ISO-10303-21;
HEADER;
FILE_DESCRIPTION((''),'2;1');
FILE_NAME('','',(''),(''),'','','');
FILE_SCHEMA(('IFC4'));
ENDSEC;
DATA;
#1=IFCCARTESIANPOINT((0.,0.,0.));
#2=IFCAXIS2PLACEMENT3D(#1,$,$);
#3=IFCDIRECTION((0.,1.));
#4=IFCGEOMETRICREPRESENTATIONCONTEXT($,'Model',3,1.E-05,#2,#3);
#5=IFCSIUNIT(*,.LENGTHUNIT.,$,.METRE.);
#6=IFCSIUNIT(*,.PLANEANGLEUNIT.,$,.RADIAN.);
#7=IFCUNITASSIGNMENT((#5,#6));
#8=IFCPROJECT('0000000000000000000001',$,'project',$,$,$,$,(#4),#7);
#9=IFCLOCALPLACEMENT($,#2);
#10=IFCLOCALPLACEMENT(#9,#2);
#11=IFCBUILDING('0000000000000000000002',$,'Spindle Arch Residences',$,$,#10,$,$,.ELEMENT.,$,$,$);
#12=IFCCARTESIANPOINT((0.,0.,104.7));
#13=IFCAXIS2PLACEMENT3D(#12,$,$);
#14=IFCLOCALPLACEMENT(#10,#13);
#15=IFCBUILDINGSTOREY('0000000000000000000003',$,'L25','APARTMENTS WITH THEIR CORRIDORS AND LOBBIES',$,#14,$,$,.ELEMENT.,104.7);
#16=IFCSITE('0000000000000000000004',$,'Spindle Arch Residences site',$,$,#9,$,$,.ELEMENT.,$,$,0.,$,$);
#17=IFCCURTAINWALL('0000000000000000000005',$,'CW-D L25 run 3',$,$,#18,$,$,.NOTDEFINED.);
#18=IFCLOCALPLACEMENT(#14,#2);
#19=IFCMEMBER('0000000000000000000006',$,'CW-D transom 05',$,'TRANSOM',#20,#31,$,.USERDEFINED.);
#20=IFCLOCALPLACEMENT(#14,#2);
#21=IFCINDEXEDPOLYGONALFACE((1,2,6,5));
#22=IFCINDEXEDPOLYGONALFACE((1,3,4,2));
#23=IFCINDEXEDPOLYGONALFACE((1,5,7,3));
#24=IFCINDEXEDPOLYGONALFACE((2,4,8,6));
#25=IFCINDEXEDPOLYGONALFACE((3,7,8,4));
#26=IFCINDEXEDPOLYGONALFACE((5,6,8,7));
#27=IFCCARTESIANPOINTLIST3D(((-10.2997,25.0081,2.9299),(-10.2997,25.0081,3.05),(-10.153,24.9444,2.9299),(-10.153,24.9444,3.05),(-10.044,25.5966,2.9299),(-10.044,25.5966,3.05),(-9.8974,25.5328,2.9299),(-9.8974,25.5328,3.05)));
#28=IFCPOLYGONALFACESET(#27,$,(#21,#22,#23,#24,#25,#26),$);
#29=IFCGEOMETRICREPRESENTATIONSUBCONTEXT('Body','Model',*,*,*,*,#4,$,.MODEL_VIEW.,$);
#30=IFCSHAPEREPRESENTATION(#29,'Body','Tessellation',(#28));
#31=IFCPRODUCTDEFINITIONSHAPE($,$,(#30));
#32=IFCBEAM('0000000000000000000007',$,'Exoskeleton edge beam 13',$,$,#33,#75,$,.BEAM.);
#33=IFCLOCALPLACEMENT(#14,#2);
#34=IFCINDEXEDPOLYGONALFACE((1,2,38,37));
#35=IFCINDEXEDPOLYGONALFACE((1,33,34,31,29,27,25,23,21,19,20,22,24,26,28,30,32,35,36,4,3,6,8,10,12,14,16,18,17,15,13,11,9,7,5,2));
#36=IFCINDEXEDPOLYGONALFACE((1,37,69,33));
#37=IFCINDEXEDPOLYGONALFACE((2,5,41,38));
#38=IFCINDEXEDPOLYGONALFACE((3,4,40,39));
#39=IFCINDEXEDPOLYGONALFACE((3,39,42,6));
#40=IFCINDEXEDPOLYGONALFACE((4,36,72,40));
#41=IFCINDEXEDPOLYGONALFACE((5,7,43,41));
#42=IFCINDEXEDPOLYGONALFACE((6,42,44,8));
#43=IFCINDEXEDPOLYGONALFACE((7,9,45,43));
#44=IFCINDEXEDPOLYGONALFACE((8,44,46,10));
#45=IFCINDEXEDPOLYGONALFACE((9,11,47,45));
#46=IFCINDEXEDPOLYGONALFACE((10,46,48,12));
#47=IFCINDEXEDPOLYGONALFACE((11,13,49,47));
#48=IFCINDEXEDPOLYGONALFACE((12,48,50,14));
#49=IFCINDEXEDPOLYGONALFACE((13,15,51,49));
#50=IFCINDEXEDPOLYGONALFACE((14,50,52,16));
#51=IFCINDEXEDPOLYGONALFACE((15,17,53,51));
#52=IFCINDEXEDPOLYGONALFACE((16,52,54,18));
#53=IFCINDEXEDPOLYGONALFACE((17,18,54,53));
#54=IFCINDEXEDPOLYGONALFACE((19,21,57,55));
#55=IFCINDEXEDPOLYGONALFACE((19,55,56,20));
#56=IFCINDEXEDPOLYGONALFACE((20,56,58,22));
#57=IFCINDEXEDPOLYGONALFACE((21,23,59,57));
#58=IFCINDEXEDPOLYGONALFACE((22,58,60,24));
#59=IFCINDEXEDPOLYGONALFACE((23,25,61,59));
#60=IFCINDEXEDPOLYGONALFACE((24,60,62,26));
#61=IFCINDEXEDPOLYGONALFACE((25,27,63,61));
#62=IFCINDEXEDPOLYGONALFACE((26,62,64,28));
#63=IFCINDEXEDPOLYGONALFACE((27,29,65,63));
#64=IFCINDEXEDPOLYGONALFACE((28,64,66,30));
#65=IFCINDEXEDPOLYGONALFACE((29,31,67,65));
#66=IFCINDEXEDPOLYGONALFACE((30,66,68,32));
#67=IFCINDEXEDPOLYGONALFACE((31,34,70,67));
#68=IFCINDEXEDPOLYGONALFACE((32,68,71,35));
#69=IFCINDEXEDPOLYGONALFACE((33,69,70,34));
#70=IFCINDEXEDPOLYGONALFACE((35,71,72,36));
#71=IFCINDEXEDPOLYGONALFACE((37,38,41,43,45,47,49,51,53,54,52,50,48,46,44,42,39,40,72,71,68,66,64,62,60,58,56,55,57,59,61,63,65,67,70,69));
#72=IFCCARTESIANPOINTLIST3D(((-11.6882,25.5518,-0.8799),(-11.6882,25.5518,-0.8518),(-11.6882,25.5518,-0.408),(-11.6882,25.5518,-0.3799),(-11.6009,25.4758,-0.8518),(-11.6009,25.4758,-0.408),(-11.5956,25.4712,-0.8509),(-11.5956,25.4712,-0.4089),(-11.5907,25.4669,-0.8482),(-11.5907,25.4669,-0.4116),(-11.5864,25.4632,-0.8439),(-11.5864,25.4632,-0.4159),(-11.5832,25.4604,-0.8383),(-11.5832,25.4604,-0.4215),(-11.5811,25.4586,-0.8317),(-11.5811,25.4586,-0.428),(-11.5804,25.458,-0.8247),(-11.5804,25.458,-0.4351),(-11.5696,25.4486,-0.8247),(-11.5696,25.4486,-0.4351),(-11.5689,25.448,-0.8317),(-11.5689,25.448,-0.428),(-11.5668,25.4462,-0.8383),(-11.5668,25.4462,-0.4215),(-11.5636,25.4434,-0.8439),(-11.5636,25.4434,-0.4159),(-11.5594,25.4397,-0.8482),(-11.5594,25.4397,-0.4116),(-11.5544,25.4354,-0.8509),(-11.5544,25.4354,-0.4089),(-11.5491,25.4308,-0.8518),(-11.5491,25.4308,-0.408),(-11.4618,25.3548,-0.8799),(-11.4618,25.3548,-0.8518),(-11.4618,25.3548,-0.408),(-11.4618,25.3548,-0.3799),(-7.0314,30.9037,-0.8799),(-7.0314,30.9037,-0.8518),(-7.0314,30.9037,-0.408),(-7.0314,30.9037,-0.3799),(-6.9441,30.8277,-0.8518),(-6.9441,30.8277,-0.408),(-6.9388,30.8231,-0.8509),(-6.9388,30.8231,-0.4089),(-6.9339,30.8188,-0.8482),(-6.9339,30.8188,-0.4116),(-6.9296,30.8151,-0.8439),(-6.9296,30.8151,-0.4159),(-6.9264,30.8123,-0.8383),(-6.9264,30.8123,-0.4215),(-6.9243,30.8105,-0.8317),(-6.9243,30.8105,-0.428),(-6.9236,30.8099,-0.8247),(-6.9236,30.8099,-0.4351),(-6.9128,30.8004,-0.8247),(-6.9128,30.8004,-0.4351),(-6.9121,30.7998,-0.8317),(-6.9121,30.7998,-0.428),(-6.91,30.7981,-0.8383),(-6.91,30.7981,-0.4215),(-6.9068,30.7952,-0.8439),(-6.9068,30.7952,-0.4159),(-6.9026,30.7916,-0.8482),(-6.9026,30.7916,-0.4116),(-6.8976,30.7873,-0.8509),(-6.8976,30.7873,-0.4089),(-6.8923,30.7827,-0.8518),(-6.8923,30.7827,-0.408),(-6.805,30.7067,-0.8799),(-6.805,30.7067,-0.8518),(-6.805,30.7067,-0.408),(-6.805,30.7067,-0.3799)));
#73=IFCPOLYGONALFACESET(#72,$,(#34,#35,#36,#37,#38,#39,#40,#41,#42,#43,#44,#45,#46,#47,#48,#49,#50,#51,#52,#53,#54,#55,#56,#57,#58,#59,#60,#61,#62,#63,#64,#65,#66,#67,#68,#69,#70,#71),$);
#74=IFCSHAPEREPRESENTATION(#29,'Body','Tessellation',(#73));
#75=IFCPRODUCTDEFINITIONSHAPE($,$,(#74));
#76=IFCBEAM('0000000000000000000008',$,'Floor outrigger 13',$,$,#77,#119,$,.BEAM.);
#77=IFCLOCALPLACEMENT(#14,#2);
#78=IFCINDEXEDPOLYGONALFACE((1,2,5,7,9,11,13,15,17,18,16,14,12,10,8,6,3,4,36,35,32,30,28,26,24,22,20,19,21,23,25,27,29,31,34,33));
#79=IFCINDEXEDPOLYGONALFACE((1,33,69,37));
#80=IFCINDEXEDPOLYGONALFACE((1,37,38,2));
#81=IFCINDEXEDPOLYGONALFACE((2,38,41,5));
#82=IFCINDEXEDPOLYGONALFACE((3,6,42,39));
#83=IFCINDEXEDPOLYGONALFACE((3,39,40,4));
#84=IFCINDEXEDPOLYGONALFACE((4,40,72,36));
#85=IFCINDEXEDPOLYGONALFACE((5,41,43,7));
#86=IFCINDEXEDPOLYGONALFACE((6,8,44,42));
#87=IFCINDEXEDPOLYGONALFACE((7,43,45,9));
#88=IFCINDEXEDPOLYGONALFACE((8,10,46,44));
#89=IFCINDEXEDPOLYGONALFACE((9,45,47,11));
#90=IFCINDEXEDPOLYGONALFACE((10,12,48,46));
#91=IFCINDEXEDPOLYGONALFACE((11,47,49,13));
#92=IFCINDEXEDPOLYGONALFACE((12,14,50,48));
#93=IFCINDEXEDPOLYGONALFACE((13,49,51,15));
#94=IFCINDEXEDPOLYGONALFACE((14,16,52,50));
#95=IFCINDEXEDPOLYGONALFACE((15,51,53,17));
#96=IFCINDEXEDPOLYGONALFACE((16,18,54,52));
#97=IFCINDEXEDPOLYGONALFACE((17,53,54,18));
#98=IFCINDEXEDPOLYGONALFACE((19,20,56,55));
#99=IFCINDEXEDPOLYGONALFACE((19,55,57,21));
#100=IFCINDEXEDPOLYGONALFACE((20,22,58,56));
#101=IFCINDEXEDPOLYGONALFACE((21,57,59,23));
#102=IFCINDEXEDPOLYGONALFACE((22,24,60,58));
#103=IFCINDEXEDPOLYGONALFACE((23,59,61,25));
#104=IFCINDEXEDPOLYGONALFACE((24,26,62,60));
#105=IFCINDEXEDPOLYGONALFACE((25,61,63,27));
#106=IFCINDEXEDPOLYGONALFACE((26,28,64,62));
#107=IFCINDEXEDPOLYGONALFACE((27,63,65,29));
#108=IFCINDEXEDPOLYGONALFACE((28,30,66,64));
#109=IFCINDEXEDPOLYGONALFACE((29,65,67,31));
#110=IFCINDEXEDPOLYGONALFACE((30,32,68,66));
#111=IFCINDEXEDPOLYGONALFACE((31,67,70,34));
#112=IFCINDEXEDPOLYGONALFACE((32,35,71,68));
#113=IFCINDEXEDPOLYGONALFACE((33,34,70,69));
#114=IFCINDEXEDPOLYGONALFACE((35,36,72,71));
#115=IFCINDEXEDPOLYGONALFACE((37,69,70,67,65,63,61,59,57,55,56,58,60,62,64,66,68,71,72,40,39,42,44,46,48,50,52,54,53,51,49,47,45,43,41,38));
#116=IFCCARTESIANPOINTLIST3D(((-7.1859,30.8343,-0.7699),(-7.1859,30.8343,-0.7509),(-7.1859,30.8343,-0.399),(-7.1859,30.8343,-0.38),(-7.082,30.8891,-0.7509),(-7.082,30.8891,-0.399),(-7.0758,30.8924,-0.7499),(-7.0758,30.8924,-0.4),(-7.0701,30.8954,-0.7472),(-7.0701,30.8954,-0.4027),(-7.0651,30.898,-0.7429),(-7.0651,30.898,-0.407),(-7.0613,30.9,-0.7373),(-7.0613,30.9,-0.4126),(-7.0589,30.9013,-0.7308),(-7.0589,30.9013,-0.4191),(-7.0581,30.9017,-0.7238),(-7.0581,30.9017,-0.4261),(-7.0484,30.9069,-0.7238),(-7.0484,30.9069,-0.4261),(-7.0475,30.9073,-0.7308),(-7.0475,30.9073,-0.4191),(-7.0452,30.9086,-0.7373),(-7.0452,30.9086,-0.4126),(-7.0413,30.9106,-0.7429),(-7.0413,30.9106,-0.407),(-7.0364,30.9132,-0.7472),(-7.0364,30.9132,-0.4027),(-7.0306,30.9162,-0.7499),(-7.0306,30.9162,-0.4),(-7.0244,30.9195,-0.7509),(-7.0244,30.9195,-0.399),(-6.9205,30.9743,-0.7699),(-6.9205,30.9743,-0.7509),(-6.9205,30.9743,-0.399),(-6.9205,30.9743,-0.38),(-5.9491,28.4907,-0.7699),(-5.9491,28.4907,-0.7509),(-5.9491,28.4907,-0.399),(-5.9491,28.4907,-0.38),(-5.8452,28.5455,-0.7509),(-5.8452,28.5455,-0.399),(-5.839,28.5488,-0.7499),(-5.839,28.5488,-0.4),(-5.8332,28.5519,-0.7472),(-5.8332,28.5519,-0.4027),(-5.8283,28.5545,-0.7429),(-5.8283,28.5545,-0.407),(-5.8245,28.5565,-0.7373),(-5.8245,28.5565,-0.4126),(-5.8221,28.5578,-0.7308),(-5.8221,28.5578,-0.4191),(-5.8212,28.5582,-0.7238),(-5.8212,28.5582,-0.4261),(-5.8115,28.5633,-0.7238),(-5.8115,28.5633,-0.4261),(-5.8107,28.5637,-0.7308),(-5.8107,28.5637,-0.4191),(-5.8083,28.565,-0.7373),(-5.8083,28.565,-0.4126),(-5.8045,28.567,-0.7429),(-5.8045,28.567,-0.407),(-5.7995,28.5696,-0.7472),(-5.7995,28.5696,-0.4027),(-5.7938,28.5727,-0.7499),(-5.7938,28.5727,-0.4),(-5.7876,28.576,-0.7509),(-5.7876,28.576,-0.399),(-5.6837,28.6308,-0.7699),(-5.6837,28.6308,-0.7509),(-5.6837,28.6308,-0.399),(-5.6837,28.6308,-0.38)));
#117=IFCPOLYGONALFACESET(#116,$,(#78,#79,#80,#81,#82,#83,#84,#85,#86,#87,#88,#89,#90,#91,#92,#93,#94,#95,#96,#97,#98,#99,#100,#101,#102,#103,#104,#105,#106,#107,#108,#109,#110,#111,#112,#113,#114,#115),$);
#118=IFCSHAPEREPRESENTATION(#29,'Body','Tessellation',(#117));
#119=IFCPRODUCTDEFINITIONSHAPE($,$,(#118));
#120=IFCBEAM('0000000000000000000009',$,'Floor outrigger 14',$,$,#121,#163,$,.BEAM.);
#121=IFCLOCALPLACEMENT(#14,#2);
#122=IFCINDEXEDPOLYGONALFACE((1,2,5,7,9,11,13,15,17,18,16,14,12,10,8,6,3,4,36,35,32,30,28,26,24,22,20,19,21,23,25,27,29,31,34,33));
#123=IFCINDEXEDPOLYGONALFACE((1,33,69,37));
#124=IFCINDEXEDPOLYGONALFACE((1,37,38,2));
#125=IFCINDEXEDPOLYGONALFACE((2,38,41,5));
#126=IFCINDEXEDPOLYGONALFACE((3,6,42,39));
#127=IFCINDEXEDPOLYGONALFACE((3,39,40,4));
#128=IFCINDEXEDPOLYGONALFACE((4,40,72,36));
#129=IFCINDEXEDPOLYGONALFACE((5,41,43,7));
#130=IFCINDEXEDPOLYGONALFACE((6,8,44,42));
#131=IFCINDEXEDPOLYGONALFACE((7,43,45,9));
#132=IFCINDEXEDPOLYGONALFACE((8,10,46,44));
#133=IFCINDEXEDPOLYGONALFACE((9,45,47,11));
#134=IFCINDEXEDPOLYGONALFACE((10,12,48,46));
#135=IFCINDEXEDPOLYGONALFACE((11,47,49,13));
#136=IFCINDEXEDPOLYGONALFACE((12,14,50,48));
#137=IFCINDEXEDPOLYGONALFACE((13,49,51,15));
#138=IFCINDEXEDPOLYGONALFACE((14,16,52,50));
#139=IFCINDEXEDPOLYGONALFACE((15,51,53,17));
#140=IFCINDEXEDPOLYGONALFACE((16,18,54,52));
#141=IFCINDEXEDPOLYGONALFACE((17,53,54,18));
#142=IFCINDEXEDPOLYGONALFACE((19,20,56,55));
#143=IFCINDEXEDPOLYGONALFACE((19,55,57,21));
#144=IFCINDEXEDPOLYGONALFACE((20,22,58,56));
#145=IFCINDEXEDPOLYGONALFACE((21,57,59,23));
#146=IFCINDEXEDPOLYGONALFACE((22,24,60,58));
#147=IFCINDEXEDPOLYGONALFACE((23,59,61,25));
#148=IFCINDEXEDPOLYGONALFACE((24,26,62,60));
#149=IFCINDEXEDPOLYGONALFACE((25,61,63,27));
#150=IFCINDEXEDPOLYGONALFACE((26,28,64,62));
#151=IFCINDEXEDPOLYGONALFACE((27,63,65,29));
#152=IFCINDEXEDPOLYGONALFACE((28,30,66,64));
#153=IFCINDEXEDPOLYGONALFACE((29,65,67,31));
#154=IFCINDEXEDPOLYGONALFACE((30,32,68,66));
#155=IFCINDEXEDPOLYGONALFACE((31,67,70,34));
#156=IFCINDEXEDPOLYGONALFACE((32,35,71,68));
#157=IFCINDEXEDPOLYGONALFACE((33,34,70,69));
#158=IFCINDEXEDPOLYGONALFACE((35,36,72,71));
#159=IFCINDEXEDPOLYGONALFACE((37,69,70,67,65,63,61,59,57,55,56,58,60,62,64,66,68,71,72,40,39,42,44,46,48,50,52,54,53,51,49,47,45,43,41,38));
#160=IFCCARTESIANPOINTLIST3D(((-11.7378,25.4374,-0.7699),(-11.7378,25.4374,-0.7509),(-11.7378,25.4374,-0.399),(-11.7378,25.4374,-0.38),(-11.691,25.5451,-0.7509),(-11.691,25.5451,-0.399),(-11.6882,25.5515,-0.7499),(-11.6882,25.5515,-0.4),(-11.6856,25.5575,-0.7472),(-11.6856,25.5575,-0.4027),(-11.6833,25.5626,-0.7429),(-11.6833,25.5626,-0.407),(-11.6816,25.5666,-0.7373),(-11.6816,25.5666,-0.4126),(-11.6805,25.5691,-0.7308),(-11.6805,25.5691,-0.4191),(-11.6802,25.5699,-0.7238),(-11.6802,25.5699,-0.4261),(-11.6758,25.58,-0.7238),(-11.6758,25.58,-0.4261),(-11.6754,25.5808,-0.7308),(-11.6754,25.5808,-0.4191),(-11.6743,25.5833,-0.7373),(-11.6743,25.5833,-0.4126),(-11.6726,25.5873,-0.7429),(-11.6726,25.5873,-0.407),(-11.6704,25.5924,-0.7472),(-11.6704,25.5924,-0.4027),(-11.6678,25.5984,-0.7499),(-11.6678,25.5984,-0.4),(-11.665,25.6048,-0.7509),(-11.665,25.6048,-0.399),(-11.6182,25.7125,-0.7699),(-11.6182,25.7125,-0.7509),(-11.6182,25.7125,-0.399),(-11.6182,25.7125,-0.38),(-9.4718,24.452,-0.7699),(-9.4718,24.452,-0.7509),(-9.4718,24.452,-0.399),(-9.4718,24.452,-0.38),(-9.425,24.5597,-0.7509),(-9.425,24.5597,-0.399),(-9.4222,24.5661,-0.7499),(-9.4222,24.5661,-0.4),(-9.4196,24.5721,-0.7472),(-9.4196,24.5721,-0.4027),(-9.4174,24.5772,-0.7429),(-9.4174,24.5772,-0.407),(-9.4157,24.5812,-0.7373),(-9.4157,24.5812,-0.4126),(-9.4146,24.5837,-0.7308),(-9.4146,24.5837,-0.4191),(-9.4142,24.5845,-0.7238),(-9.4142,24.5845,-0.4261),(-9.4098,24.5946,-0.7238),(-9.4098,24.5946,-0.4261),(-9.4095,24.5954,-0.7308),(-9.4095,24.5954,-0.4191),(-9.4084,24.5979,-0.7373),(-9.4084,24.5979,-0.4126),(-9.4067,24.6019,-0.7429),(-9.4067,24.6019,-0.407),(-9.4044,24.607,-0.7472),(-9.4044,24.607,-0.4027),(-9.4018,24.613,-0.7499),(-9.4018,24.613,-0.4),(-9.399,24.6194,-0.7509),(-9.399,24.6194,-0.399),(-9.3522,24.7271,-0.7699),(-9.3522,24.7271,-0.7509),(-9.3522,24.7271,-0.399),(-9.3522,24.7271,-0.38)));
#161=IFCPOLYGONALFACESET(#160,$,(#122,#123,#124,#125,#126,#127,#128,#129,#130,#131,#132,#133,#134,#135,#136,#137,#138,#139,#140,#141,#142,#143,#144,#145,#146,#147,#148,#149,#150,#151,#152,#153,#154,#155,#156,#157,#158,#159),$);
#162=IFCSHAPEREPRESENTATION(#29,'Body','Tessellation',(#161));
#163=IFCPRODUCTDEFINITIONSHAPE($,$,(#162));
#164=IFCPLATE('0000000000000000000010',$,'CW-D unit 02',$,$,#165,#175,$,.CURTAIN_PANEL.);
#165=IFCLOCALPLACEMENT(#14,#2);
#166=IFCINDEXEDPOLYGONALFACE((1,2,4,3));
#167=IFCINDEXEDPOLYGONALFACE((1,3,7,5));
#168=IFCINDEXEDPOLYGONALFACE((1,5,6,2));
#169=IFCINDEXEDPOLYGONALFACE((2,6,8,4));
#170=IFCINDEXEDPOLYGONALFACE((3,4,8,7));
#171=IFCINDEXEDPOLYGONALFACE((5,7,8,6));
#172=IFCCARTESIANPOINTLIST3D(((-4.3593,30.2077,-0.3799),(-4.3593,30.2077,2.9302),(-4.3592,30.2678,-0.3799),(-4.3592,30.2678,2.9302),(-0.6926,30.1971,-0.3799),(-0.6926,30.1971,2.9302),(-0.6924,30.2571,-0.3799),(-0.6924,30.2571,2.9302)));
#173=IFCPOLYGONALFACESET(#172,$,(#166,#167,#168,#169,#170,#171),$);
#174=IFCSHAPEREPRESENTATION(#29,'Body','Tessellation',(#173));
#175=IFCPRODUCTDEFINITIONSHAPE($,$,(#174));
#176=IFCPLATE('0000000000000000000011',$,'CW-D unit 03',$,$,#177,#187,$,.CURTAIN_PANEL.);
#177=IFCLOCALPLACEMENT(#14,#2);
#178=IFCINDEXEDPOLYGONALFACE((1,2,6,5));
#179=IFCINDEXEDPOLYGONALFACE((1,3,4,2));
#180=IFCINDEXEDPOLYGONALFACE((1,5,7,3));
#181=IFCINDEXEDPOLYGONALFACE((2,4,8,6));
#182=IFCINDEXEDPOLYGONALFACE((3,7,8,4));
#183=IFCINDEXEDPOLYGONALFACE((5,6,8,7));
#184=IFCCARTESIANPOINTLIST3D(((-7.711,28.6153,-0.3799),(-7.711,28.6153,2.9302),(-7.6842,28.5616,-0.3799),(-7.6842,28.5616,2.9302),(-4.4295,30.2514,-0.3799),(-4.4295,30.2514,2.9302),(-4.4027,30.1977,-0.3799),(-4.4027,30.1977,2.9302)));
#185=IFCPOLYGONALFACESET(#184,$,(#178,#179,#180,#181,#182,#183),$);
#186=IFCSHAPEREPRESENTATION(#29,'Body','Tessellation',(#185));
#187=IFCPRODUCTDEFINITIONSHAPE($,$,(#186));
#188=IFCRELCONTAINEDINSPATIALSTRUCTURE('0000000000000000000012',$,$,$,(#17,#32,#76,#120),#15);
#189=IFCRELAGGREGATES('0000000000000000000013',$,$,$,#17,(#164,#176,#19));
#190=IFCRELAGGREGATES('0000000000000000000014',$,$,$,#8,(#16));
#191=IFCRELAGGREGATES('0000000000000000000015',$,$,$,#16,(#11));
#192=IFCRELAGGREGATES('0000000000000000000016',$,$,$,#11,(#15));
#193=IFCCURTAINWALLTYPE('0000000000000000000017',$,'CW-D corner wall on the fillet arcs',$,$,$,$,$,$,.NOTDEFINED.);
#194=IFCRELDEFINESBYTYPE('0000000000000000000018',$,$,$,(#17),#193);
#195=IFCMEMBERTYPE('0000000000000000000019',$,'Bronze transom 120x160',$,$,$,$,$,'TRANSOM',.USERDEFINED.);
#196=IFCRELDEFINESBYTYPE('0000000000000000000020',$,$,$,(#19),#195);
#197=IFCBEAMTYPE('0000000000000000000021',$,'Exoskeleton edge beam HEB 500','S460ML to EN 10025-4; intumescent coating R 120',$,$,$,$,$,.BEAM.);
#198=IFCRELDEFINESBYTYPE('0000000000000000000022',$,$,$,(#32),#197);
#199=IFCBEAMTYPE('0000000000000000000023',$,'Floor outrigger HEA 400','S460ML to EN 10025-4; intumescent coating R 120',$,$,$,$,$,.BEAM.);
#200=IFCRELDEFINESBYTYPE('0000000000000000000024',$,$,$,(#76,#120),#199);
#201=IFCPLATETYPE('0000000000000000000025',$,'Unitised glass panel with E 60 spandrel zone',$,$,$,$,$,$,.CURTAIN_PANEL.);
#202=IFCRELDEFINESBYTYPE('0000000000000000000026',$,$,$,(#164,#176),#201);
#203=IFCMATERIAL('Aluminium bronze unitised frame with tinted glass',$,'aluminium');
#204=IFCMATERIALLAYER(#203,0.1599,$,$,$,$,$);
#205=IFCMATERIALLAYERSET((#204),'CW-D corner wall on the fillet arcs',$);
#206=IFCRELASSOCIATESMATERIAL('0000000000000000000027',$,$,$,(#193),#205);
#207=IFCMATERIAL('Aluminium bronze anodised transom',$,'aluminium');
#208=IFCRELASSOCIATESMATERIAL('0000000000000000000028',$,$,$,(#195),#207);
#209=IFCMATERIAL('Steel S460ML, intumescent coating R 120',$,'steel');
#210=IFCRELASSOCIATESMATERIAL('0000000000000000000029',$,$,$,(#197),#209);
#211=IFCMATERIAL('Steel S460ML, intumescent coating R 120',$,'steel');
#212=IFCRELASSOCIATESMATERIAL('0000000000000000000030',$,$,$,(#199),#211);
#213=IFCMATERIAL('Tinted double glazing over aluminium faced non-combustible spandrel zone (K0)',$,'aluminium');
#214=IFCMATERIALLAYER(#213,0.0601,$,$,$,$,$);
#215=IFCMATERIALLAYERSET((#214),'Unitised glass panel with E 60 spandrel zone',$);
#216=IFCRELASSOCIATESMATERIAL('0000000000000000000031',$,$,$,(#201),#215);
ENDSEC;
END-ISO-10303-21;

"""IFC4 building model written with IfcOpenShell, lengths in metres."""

from ifc_helpers import new_model, si_unit, direction, frame, origin, origin_2d, place, context, subcontext, project, spatial, rectangle, i_section, extrude, material, layer, layer_set, material_profile, profile_set, type_object, element, aggregate, save


model = new_model("IFC4")

# Units and contexts
model_context = context("Model", 3, precision=1e-05, world=origin(), true_north=direction((0.0, 1.0)))
body_context = subcontext(model_context, "Body", "Model", "MODEL_VIEW")
ifc_project = project(units=[si_unit("LENGTHUNIT", "METRE"), si_unit("PLANEANGLEUNIT", "RADIAN")], contexts=[model_context])

# Site, building, storey
site_placement = place(None, origin())
site = spatial("IfcSite", under=ifc_project, at=site_placement, Name="Spindle Arch Residences site", CompositionType="ELEMENT", RefElevation=0.0)
building_placement = place(site_placement, origin())
building = spatial("IfcBuilding", under=site, at=building_placement, Name="Spindle Arch Residences", CompositionType="ELEMENT")
storey_placement = place(building_placement, frame((0.0, 0.0, 104.7)))
storey = spatial("IfcBuildingStorey", under=building, at=storey_placement, Name="L25", Description="APARTMENTS WITH THEIR CORRIDORS AND LOBBIES", CompositionType="ELEMENT", Elevation=104.7)

# Curtain wall, member
ifc_material_1 = material(Name="Aluminium bronze unitised frame with tinted glass", Category="aluminium")
ifc_layer_1 = layer(ifc_material_1, 0.1599)
ifc_layer_set_1 = layer_set([ifc_layer_1], Name="CW-D corner wall on the fillet arcs")
curtain_wall_type = type_object("IfcCurtainWallType", Name="CW-D corner wall on the fillet arcs", PredefinedType="NOTDEFINED", material=ifc_layer_set_1)
curtain_wall_placement = place(storey_placement, origin())
curtain_wall = element("IfcCurtainWall", 1, at=curtain_wall_placement, inside=storey, type_object=curtain_wall_type, Name="CW-D L25 run 3", PredefinedType="NOTDEFINED")
ifc_material_2 = material(Name="Aluminium bronze anodised transom", Category="aluminium")
ifc_material_profile_1 = material_profile(ifc_material_2, rectangle(XDim=0.1599, YDim=0.1201, at=origin_2d()), Name="TR 120x160")
ifc_profile_set_1 = profile_set([ifc_material_profile_1], Name="Aluminium bronze anodised transom")
member_type_1 = type_object("IfcMemberType", Name="Bronze transom 120x160", ElementType="TRANSOM", PredefinedType="USERDEFINED", material=ifc_profile_set_1)
member_1_placement = place(storey_placement, frame((-9.9707, 25.5647, 2.99), z_axis=(-0.398462, -0.917185, 0.0), x_axis=(0.917185, -0.398462, 0.0)))
member_1 = element("IfcMember", 2, at=member_1_placement, type_object=member_type_1, Name="CW-D transom 05", ObjectType="TRANSOM", PredefinedType="USERDEFINED", context=body_context, shape_type="SweptSolid", body=[
    extrude(rectangle(XDim=0.1599, YDim=0.1201, at=origin_2d()), origin(), (0.0, 0.0, 1.0), 0.6416),
])

# Beams
ifc_material_3 = material(Name="Steel S460ML, intumescent coating R 120", Category="steel")
ifc_material_profile_2 = material_profile(ifc_material_3, i_section(OverallWidth=0.3, OverallDepth=0.5, WebThickness=0.0144, FlangeThickness=0.0281, FilletRadius=0.0271, at=origin_2d()), Name="HEB 500")
ifc_profile_set_2 = profile_set([ifc_material_profile_2], Name="Steel S460ML, intumescent coating R 120")
beam_type_1 = type_object("IfcBeamType", Name="Exoskeleton edge beam HEB 500", Description="S460ML to EN 10025-4; intumescent coating R 120", PredefinedType="BEAM", material=ifc_profile_set_2)
beam_1_placement = place(storey_placement, frame((-6.9182, 30.8052, -0.6299), z_axis=(-0.656419, -0.754397, 0.0), x_axis=(0.754397, -0.656419, 0.0)))
element("IfcBeam", 3, at=beam_1_placement, inside=storey, type_object=beam_type_1, Name="Exoskeleton edge beam 13", PredefinedType="BEAM", context=body_context, shape_type="SweptSolid", body=[
    extrude(i_section(OverallWidth=0.3, OverallDepth=0.5, WebThickness=0.0144, FlangeThickness=0.0281, FilletRadius=0.0271, at=origin_2d()), origin(), (0.0, 0.0, 1.0), 7.0942),
])
ifc_material_4 = material(Name="Steel S460ML, intumescent coating R 120", Category="steel")
ifc_material_profile_3 = material_profile(ifc_material_4, i_section(OverallWidth=0.3, OverallDepth=0.3899, WebThickness=0.011, FlangeThickness=0.019, FilletRadius=0.0271, at=origin_2d()), Name="HEA 400")
ifc_profile_set_3 = profile_set([ifc_material_profile_3], Name="Steel S460ML, intumescent coating R 120")
beam_type_2 = type_object("IfcBeamType", Name="Floor outrigger HEA 400", Description="S460ML to EN 10025-4; intumescent coating R 120", PredefinedType="BEAM", material=ifc_profile_set_3)
beam_2_placement = place(storey_placement, frame((-7.0532, 30.9043, -0.575), z_axis=(0.466749, -0.88439, 0.0), x_axis=(0.88439, 0.466749, 0.0)))
element("IfcBeam", 4, at=beam_2_placement, inside=storey, type_object=beam_type_2, Name="Floor outrigger 13", PredefinedType="BEAM", context=body_context, shape_type="SweptSolid", body=[
    extrude(i_section(OverallWidth=0.3, OverallDepth=0.3899, WebThickness=0.011, FlangeThickness=0.019, FilletRadius=0.0271, at=origin_2d()), origin(), (0.0, 0.0, 1.0), 2.6499),
])
beam_3_placement = place(storey_placement, frame((-11.678, 25.575, -0.575), z_axis=(0.917042, -0.398791, 0.0), x_axis=(0.398791, 0.917042, 0.0)))
element("IfcBeam", 5, at=beam_3_placement, inside=storey, type_object=beam_type_2, Name="Floor outrigger 14", PredefinedType="BEAM", context=body_context, shape_type="SweptSolid", body=[
    extrude(i_section(OverallWidth=0.3, OverallDepth=0.3899, WebThickness=0.011, FlangeThickness=0.019, FilletRadius=0.0271, at=origin_2d()), origin(), (0.0, 0.0, 1.0), 2.4709),
])

# Plates
ifc_material_5 = material(Name="Tinted double glazing over aluminium faced non-combustible spandrel zone (K0)", Category="aluminium")
ifc_layer_2 = layer(ifc_material_5, 0.0601)
ifc_layer_set_2 = layer_set([ifc_layer_2], Name="Unitised glass panel with E 60 spandrel zone")
plate_type = type_object("IfcPlateType", Name="Unitised glass panel with E 60 spandrel zone", PredefinedType="CURTAIN_PANEL", material=ifc_layer_set_2)
plate_1_placement = place(storey_placement, frame((-2.5259, 30.2324, -0.3799), z_axis=(0.0, 0.0, 1.0), x_axis=(-0.999996, 0.002909, 0.0)))
plate_1 = element("IfcPlate", 6, at=plate_1_placement, type_object=plate_type, Name="CW-D unit 02", PredefinedType="CURTAIN_PANEL", context=body_context, shape_type="SweptSolid", body=[
    extrude(rectangle(XDim=3.6667, YDim=0.0601, at=origin_2d()), origin(), (0.0, 0.0, 1.0), 3.3101),
])
plate_2_placement = place(storey_placement, frame((-6.0569, 29.4065, -0.3799), z_axis=(0.0, 0.0, 1.0), x_axis=(-0.894934, -0.446198, 0.0)))
plate_2 = element("IfcPlate", 7, at=plate_2_placement, type_object=plate_type, Name="CW-D unit 03", PredefinedType="CURTAIN_PANEL", context=body_context, shape_type="SweptSolid", body=[
    extrude(rectangle(XDim=3.6667, YDim=0.0601, at=origin_2d()), origin(), (0.0, 0.0, 1.0), 3.3101),
])
aggregate(curtain_wall, [plate_1, plate_2, member_1])

save(model, "model.ifc")
